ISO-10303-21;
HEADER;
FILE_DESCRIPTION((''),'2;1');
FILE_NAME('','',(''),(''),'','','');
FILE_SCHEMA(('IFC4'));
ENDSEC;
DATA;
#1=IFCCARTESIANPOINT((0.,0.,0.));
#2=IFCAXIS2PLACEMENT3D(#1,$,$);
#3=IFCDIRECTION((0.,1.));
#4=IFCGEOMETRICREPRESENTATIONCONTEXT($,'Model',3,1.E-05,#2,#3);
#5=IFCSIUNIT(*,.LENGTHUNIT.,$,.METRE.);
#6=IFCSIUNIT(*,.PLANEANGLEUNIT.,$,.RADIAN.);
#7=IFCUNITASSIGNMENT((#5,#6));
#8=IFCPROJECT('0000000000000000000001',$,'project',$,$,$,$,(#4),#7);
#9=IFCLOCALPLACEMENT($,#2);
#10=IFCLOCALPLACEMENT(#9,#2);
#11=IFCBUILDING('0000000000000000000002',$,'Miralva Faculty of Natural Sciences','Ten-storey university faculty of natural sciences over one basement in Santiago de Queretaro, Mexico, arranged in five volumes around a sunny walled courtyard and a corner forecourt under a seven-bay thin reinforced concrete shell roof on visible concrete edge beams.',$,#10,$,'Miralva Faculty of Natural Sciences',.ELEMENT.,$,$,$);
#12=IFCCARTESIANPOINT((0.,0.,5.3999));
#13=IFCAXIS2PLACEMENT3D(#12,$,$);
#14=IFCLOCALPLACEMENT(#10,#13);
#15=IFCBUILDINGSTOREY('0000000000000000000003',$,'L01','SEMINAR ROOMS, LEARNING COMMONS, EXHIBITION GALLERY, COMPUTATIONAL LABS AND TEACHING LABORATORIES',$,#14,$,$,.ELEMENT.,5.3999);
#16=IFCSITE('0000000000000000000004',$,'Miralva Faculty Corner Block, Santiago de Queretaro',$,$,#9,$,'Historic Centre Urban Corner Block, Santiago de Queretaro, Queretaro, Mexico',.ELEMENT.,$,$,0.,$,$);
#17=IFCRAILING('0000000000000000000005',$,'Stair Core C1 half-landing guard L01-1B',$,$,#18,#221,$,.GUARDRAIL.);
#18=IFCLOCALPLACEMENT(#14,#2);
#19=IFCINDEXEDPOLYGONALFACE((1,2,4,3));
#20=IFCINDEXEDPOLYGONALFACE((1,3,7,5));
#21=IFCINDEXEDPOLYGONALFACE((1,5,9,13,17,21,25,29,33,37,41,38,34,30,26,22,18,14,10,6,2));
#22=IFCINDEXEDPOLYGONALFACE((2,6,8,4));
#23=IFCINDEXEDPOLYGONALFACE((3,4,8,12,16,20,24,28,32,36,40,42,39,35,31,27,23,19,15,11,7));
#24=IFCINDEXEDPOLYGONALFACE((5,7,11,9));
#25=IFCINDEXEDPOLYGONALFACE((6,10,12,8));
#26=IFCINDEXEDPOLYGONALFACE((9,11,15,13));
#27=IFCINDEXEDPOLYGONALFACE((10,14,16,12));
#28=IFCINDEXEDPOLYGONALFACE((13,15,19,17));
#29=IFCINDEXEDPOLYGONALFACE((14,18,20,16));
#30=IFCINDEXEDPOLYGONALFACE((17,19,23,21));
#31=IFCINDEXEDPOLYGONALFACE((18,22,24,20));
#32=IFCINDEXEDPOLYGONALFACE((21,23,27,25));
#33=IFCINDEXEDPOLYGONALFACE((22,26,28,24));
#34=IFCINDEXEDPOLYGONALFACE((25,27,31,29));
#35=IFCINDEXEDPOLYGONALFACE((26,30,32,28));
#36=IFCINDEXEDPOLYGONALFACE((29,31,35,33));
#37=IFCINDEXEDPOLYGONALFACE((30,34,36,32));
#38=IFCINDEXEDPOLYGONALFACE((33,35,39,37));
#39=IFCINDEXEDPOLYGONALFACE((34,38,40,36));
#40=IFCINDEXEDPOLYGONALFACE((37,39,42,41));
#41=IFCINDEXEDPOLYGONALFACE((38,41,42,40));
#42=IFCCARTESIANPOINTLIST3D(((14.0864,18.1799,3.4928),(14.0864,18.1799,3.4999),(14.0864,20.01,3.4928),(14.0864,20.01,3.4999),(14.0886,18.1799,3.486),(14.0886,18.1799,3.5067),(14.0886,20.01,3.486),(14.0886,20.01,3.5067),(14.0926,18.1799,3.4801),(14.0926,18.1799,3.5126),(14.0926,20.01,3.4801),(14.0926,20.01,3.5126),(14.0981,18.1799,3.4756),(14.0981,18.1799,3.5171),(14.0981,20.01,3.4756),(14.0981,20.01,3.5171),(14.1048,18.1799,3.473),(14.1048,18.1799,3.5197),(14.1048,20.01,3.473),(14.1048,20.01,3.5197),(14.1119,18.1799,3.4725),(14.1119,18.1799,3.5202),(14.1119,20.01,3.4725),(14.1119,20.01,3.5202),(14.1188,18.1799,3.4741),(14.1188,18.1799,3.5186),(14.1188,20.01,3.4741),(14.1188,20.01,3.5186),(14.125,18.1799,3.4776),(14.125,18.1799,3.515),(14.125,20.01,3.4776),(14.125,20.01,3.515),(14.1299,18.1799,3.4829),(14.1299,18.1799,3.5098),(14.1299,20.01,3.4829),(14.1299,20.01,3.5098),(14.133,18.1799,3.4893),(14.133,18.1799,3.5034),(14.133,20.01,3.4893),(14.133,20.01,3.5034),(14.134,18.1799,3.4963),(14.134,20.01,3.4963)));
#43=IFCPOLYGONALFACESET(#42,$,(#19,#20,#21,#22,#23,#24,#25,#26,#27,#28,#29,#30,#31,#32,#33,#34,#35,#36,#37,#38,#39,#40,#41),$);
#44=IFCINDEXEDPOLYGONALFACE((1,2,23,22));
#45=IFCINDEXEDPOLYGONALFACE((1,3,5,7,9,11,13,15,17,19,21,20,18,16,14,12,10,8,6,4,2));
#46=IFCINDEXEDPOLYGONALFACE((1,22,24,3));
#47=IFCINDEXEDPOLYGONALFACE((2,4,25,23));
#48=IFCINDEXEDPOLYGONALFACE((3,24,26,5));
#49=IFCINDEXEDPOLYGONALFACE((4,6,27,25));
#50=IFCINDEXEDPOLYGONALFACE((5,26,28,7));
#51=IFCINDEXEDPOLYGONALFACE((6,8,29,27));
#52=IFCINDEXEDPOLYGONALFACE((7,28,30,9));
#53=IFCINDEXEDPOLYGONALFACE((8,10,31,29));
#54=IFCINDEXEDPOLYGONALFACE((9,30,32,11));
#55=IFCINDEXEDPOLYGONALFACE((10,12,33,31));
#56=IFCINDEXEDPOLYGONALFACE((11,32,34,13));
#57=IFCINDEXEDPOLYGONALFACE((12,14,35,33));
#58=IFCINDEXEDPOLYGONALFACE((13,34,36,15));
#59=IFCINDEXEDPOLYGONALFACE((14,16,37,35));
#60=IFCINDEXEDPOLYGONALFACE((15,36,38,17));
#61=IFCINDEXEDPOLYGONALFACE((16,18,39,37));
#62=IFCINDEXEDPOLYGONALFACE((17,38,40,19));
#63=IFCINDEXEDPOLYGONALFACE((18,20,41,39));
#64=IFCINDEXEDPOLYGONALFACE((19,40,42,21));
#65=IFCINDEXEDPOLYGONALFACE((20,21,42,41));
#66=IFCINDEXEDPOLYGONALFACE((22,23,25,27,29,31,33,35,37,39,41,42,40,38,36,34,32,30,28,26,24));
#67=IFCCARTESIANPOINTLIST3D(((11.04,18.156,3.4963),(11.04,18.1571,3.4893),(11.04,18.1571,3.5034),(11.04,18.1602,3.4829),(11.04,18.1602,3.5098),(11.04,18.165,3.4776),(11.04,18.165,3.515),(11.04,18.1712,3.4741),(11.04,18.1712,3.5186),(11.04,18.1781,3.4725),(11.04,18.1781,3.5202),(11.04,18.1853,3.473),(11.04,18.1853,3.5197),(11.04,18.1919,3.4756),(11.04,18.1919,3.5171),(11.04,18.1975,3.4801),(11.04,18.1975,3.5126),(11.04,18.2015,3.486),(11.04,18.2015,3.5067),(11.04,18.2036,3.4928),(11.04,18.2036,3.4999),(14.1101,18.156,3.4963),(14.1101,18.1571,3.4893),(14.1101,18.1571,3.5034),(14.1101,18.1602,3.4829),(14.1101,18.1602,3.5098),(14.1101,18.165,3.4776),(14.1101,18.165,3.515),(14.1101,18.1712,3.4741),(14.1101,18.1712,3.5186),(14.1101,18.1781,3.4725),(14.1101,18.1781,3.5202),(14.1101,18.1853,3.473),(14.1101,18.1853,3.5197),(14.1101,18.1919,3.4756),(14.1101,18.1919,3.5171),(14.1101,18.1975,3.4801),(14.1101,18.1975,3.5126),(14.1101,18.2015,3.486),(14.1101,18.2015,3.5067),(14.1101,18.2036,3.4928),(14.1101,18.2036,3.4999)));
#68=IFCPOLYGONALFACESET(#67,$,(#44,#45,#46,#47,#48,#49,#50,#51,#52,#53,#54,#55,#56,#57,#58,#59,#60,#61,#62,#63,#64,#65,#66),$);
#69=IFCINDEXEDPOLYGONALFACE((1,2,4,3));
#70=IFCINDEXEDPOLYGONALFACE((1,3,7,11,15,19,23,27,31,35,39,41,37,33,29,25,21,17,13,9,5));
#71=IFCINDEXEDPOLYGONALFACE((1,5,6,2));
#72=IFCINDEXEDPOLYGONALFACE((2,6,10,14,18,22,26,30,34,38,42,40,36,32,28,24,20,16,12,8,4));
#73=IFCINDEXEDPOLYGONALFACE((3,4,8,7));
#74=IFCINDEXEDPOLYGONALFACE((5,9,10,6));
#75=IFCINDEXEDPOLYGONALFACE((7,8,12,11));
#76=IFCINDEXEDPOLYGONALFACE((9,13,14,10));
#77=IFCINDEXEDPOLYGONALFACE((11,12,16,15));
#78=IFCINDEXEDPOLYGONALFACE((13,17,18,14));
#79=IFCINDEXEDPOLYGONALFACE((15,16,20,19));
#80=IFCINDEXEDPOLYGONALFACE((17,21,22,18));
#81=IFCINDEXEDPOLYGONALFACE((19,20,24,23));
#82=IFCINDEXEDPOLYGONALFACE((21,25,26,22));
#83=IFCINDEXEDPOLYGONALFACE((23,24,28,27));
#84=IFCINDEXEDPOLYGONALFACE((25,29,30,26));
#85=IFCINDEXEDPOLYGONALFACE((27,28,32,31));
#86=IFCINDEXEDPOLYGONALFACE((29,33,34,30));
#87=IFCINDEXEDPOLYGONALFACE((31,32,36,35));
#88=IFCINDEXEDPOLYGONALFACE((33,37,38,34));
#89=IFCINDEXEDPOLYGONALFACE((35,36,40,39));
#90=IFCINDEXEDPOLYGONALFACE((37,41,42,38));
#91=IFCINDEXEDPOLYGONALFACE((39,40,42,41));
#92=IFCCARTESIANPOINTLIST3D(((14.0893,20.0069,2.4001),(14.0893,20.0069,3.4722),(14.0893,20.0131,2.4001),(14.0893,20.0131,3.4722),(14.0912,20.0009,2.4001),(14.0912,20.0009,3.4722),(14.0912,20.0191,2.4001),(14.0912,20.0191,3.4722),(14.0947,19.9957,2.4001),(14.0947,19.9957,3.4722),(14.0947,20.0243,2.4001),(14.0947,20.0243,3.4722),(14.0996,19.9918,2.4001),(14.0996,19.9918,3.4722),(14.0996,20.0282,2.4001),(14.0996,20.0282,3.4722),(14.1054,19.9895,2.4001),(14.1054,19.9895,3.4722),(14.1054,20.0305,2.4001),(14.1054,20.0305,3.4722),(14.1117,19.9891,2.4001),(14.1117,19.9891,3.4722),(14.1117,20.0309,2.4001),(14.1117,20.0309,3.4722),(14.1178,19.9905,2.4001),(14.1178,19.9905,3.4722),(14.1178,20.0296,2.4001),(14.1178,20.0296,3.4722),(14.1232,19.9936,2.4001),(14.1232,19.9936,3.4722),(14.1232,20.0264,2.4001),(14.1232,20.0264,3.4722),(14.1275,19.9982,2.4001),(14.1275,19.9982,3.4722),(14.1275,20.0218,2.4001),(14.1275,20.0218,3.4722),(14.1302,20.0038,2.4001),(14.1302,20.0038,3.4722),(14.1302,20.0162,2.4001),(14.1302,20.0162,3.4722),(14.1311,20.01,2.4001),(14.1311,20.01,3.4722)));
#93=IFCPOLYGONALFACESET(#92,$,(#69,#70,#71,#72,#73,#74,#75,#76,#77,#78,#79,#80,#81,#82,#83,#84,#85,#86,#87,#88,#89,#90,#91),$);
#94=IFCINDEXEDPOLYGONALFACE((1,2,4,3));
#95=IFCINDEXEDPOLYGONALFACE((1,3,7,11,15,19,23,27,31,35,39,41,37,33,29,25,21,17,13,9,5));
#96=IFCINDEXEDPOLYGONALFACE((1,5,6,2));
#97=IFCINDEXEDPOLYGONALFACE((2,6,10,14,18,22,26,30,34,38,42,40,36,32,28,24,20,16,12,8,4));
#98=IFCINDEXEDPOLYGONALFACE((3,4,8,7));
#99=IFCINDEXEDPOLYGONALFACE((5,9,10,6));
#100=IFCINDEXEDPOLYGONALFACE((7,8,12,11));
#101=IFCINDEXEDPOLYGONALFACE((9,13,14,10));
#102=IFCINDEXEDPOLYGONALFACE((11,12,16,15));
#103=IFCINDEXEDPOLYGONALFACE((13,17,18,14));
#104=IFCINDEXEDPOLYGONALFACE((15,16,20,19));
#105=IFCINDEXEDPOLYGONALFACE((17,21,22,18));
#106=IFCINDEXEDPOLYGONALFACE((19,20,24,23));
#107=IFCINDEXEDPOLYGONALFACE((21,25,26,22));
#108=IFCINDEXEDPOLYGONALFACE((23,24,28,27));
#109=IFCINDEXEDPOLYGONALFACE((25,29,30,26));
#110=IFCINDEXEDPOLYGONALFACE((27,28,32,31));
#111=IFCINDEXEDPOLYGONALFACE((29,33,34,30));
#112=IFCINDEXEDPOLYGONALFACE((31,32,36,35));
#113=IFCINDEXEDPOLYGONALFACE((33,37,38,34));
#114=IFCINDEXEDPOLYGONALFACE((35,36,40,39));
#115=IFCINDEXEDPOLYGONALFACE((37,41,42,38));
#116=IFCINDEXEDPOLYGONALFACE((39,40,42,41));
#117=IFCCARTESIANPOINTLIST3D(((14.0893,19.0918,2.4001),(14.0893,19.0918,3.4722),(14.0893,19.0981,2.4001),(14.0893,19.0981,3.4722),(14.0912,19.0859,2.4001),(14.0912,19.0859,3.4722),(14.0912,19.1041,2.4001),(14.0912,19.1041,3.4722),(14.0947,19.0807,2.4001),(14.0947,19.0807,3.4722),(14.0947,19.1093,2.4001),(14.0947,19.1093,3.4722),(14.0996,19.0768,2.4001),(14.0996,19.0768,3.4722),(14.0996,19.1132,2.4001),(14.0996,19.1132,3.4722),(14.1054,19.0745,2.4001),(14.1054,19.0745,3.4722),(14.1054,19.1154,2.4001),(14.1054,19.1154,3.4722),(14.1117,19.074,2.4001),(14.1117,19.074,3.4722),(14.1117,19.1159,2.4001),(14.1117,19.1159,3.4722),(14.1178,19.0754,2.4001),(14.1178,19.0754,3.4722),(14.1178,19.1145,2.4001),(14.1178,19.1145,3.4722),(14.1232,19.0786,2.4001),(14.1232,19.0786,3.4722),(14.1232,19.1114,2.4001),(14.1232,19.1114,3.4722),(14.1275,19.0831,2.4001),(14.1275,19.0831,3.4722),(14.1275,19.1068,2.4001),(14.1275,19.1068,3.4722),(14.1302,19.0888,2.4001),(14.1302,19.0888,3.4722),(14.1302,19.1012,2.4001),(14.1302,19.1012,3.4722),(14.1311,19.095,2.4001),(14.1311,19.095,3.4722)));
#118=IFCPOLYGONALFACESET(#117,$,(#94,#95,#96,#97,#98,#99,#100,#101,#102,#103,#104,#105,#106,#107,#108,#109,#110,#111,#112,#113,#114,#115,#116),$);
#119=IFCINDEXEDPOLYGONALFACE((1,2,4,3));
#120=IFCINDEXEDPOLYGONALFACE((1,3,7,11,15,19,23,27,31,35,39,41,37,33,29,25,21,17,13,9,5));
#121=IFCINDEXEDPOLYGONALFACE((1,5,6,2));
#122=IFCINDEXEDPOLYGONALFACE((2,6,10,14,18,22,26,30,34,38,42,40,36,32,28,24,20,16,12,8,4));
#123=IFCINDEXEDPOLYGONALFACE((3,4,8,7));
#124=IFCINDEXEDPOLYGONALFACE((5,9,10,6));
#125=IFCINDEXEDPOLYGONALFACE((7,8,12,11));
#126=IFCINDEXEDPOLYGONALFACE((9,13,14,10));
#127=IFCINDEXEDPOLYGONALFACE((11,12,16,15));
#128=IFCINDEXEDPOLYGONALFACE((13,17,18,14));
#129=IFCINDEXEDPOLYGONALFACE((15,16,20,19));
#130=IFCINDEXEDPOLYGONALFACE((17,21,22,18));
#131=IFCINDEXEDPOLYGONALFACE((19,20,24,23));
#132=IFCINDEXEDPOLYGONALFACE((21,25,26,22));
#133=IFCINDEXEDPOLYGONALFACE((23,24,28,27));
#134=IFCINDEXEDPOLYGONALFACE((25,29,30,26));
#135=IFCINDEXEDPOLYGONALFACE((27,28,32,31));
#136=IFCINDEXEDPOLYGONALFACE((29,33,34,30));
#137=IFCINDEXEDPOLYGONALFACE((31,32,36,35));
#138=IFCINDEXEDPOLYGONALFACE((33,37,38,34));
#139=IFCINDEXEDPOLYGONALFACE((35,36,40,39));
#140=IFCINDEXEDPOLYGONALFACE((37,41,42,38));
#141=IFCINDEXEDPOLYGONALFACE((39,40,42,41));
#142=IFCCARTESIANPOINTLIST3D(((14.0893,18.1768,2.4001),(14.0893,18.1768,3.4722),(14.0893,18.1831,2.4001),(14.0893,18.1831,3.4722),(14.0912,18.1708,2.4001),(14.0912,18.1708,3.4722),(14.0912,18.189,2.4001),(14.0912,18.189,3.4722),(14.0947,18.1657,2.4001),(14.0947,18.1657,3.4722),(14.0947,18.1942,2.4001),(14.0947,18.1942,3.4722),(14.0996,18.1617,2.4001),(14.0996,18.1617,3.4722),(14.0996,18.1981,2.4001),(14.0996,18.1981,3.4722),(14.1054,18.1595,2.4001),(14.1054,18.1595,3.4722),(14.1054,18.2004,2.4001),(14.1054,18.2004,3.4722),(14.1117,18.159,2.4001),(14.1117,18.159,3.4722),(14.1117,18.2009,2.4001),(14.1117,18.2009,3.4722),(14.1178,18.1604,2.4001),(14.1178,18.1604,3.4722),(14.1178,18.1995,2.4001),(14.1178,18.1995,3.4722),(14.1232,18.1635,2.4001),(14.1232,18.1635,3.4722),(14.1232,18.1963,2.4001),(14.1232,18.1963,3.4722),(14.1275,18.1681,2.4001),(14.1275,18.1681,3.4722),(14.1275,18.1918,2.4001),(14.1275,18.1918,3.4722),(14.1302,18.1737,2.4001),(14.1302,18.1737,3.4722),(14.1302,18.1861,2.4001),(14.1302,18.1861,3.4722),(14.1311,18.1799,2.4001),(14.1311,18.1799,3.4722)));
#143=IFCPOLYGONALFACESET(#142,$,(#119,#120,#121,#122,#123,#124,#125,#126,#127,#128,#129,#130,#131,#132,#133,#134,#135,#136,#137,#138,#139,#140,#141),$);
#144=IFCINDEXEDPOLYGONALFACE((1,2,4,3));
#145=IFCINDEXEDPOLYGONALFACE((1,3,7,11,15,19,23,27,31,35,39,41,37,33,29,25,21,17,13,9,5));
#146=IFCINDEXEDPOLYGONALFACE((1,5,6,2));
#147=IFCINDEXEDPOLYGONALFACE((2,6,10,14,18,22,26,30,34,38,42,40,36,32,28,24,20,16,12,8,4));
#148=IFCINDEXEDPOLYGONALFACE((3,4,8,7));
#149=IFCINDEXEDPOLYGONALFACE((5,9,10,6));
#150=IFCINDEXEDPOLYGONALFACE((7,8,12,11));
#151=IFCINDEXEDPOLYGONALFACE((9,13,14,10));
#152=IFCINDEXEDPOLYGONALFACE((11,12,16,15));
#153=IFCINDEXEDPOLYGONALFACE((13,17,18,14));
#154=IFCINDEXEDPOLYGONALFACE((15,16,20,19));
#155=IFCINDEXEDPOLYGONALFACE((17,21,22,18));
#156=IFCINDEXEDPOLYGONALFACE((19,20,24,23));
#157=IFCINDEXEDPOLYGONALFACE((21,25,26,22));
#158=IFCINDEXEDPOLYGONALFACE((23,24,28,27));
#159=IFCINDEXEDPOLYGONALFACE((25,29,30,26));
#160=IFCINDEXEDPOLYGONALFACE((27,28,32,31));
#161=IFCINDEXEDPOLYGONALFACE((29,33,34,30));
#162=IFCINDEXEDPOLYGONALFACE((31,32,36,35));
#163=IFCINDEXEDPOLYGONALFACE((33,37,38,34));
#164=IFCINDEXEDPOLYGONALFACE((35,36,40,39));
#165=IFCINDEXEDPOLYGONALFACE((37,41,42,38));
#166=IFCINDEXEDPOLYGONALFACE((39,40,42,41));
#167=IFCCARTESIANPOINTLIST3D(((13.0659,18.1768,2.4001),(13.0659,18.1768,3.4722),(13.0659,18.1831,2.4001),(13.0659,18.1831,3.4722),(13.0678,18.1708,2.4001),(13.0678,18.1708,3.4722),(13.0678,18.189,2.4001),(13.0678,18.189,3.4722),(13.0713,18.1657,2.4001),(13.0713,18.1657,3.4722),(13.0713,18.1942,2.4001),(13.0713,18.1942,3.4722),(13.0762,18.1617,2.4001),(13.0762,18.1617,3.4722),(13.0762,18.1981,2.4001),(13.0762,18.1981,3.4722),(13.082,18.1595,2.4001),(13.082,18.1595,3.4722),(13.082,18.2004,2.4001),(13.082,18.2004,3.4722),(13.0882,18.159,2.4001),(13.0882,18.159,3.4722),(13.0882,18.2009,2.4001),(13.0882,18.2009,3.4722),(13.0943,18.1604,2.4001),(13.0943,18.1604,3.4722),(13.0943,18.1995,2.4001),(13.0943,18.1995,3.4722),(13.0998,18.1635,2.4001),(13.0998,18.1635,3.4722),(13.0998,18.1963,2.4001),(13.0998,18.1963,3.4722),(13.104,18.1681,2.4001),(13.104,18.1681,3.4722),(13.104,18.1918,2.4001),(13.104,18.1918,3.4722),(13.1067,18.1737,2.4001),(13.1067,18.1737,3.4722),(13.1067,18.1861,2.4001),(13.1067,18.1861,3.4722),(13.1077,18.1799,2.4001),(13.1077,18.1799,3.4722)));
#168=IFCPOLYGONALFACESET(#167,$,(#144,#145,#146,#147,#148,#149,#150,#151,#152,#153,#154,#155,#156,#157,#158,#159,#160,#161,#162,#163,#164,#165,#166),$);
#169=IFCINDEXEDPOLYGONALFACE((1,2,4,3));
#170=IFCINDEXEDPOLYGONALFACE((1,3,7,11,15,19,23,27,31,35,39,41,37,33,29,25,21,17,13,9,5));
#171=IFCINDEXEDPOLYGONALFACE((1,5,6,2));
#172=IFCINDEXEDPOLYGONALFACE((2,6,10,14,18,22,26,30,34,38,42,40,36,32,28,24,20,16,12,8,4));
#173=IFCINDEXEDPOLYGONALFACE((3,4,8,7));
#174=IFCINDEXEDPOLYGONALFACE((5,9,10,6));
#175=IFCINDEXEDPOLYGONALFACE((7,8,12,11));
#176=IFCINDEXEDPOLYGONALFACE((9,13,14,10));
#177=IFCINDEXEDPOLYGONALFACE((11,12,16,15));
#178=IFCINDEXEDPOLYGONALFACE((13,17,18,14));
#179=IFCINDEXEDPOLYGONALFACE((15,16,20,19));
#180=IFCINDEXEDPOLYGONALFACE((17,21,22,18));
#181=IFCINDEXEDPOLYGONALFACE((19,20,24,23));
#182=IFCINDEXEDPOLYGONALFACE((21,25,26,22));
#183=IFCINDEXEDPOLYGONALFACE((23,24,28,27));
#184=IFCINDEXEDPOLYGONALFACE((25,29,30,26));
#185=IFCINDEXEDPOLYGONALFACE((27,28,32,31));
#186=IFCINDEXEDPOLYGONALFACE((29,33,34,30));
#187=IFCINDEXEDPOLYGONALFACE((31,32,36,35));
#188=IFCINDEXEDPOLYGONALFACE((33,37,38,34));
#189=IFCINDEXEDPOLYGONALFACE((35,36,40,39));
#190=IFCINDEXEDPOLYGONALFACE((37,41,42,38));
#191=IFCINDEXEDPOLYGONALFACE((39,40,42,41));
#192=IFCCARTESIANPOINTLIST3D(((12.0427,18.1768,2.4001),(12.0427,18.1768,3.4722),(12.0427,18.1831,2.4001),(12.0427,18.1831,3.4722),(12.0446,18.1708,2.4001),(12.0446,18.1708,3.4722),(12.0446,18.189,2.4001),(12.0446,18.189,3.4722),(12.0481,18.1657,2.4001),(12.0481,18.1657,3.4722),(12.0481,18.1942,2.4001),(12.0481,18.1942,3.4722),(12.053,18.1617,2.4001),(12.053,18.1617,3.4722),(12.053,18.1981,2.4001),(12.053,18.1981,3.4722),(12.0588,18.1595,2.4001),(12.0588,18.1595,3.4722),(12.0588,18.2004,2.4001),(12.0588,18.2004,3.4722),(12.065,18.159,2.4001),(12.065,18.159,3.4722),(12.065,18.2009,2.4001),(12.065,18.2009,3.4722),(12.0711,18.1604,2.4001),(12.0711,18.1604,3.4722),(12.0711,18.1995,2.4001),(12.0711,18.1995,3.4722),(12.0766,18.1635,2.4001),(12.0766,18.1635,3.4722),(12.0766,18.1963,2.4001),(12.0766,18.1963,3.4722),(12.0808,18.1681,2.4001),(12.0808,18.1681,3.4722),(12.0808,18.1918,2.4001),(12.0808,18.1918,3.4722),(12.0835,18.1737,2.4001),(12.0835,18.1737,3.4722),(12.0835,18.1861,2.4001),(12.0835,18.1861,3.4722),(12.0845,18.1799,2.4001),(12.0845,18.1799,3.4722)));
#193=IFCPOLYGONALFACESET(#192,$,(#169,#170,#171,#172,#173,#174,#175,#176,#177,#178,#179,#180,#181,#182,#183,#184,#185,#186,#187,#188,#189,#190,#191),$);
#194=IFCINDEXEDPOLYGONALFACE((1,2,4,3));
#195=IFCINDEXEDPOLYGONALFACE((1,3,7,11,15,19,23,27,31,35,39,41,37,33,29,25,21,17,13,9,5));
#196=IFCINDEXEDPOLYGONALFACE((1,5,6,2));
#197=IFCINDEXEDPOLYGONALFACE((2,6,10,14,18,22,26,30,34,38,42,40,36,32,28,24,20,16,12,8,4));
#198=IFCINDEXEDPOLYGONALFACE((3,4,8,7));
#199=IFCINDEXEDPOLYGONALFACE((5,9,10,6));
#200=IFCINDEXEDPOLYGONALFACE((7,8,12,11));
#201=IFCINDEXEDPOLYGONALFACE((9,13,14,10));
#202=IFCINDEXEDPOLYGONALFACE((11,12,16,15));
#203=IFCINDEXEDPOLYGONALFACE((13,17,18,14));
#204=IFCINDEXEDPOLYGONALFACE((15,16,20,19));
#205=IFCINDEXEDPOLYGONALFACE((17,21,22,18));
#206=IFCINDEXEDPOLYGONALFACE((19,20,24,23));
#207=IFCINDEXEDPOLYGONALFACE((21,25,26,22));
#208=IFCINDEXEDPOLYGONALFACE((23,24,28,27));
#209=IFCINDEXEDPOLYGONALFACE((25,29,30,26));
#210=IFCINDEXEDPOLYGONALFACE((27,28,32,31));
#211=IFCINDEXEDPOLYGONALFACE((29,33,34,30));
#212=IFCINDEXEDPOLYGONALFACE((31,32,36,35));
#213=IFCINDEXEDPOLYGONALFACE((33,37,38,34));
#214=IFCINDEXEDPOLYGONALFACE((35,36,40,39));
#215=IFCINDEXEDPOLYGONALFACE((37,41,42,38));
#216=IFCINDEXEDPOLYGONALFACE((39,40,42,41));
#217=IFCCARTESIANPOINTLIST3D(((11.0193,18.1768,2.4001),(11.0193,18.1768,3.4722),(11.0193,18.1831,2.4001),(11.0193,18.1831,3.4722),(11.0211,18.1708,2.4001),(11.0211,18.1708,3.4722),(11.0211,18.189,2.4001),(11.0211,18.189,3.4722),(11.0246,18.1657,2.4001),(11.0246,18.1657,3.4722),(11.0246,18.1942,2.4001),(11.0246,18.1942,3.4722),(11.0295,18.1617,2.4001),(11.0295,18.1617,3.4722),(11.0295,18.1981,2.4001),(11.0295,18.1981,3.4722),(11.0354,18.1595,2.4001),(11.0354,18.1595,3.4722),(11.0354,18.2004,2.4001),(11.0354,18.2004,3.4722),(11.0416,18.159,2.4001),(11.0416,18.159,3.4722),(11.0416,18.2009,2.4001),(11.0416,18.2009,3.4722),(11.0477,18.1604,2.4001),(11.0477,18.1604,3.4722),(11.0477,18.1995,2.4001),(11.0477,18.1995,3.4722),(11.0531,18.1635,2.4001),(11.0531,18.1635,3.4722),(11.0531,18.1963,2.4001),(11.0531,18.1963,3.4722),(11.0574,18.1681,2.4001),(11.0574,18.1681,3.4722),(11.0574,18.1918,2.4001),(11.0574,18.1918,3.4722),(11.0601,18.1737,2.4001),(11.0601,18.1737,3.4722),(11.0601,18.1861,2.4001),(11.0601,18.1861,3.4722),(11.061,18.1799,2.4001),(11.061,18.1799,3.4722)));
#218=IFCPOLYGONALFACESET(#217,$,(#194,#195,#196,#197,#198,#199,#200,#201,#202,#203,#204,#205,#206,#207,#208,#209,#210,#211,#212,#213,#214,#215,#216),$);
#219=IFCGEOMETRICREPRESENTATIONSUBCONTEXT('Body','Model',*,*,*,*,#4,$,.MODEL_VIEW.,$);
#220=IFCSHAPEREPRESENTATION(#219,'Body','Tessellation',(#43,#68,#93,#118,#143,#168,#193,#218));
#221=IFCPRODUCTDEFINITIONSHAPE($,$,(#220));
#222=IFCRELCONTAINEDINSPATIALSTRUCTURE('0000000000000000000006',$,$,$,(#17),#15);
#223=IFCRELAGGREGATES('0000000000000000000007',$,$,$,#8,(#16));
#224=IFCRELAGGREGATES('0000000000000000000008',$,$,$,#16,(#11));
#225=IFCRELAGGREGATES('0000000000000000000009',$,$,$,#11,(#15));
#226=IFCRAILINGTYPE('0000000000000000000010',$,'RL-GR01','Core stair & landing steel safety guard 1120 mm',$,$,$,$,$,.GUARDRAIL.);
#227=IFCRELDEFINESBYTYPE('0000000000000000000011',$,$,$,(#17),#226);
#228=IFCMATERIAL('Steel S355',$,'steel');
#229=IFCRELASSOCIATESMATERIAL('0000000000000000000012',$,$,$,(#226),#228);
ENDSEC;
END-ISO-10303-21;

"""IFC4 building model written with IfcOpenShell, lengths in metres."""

from ifc_helpers import new_model, si_unit, direction, frame, origin, origin_2d, place, context, subcontext, project, spatial, circle, extrude, material, type_object, element, save


model = new_model("IFC4")

# Units and contexts
model_context = context("Model", 3, precision=1e-05, world=origin(), true_north=direction((0.0, 1.0)))
body_context = subcontext(model_context, "Body", "Model", "MODEL_VIEW")
ifc_project = project(units=[si_unit("LENGTHUNIT", "METRE"), si_unit("PLANEANGLEUNIT", "RADIAN")], contexts=[model_context])

# Site, building, storey
site_placement = place(None, origin())
site = spatial("IfcSite", under=ifc_project, at=site_placement, Name="Miralva Faculty Corner Block, Santiago de Queretaro", LongName="Historic Centre Urban Corner Block, Santiago de Queretaro, Queretaro, Mexico", CompositionType="ELEMENT", RefElevation=0.0)
building_placement = place(site_placement, origin())
building = spatial("IfcBuilding", under=site, at=building_placement, Name="Miralva Faculty of Natural Sciences", Description="Ten-storey university faculty of natural sciences over one basement in Santiago de Queretaro, Mexico, arranged in five volumes around a sunny walled courtyard and a corner forecourt under a seven-bay thin reinforced concrete shell roof on visible concrete edge beams.", LongName="Miralva Faculty of Natural Sciences", CompositionType="ELEMENT")
storey_placement = place(building_placement, frame((0.0, 0.0, 5.3999)))
storey = spatial("IfcBuildingStorey", under=building, at=storey_placement, Name="L01", Description="SEMINAR ROOMS, LEARNING COMMONS, EXHIBITION GALLERY, COMPUTATIONAL LABS AND TEACHING LABORATORIES", CompositionType="ELEMENT", Elevation=5.3999)

# Railing
ifc_material_1 = material(Name="Steel S355", Category="steel")
railing_type_1 = type_object("IfcRailingType", Name="RL-GR01", Description="Core stair & landing steel safety guard 1120 mm", PredefinedType="GUARDRAIL", material=ifc_material_1)
railing_1_placement = place(storey_placement, frame((14.1101, 20.01, 2.4001)))
element("IfcRailing", 1, at=railing_1_placement, inside=storey, type_object=railing_type_1, Name="Stair Core C1 half-landing guard L01-1B", PredefinedType="GUARDRAIL", context=body_context, shape_type="SweptSolid", body=[
    extrude(circle(Radius=0.0239, at=origin_2d()), frame((0.0, 0.0, 1.0962), z_axis=(0.0, -1.0, 0.0), x_axis=(1.0, 0.0, 0.0)), (0.0, 0.0, 1.0), 1.8301),
    extrude(circle(Radius=0.0239, at=origin_2d()), frame((0.0, -1.8301, 1.0962), z_axis=(-1.0, 0.0, 0.0), x_axis=(0.0, -1.0, 0.0)), (0.0, 0.0, 1.0), 3.0701),
    extrude(circle(Radius=0.021, at=origin_2d()), origin(), (0.0, 0.0, 1.0), 1.072),
    extrude(circle(Radius=0.021, at=origin_2d()), frame((0.0, -0.915, 0.0)), (0.0, 0.0, 1.0), 1.072),
    extrude(circle(Radius=0.021, at=origin_2d()), frame((0.0, -1.8301, 0.0)), (0.0, 0.0, 1.0), 1.072),
    extrude(circle(Radius=0.021, at=origin_2d()), frame((-1.0234, -1.8301, 0.0)), (0.0, 0.0, 1.0), 1.072),
    extrude(circle(Radius=0.021, at=origin_2d()), frame((-2.0466, -1.8301, 0.0)), (0.0, 0.0, 1.0), 1.072),
    extrude(circle(Radius=0.021, at=origin_2d()), frame((-3.0701, -1.8301, 0.0)), (0.0, 0.0, 1.0), 1.072),
])

save(model, "model.ifc")
